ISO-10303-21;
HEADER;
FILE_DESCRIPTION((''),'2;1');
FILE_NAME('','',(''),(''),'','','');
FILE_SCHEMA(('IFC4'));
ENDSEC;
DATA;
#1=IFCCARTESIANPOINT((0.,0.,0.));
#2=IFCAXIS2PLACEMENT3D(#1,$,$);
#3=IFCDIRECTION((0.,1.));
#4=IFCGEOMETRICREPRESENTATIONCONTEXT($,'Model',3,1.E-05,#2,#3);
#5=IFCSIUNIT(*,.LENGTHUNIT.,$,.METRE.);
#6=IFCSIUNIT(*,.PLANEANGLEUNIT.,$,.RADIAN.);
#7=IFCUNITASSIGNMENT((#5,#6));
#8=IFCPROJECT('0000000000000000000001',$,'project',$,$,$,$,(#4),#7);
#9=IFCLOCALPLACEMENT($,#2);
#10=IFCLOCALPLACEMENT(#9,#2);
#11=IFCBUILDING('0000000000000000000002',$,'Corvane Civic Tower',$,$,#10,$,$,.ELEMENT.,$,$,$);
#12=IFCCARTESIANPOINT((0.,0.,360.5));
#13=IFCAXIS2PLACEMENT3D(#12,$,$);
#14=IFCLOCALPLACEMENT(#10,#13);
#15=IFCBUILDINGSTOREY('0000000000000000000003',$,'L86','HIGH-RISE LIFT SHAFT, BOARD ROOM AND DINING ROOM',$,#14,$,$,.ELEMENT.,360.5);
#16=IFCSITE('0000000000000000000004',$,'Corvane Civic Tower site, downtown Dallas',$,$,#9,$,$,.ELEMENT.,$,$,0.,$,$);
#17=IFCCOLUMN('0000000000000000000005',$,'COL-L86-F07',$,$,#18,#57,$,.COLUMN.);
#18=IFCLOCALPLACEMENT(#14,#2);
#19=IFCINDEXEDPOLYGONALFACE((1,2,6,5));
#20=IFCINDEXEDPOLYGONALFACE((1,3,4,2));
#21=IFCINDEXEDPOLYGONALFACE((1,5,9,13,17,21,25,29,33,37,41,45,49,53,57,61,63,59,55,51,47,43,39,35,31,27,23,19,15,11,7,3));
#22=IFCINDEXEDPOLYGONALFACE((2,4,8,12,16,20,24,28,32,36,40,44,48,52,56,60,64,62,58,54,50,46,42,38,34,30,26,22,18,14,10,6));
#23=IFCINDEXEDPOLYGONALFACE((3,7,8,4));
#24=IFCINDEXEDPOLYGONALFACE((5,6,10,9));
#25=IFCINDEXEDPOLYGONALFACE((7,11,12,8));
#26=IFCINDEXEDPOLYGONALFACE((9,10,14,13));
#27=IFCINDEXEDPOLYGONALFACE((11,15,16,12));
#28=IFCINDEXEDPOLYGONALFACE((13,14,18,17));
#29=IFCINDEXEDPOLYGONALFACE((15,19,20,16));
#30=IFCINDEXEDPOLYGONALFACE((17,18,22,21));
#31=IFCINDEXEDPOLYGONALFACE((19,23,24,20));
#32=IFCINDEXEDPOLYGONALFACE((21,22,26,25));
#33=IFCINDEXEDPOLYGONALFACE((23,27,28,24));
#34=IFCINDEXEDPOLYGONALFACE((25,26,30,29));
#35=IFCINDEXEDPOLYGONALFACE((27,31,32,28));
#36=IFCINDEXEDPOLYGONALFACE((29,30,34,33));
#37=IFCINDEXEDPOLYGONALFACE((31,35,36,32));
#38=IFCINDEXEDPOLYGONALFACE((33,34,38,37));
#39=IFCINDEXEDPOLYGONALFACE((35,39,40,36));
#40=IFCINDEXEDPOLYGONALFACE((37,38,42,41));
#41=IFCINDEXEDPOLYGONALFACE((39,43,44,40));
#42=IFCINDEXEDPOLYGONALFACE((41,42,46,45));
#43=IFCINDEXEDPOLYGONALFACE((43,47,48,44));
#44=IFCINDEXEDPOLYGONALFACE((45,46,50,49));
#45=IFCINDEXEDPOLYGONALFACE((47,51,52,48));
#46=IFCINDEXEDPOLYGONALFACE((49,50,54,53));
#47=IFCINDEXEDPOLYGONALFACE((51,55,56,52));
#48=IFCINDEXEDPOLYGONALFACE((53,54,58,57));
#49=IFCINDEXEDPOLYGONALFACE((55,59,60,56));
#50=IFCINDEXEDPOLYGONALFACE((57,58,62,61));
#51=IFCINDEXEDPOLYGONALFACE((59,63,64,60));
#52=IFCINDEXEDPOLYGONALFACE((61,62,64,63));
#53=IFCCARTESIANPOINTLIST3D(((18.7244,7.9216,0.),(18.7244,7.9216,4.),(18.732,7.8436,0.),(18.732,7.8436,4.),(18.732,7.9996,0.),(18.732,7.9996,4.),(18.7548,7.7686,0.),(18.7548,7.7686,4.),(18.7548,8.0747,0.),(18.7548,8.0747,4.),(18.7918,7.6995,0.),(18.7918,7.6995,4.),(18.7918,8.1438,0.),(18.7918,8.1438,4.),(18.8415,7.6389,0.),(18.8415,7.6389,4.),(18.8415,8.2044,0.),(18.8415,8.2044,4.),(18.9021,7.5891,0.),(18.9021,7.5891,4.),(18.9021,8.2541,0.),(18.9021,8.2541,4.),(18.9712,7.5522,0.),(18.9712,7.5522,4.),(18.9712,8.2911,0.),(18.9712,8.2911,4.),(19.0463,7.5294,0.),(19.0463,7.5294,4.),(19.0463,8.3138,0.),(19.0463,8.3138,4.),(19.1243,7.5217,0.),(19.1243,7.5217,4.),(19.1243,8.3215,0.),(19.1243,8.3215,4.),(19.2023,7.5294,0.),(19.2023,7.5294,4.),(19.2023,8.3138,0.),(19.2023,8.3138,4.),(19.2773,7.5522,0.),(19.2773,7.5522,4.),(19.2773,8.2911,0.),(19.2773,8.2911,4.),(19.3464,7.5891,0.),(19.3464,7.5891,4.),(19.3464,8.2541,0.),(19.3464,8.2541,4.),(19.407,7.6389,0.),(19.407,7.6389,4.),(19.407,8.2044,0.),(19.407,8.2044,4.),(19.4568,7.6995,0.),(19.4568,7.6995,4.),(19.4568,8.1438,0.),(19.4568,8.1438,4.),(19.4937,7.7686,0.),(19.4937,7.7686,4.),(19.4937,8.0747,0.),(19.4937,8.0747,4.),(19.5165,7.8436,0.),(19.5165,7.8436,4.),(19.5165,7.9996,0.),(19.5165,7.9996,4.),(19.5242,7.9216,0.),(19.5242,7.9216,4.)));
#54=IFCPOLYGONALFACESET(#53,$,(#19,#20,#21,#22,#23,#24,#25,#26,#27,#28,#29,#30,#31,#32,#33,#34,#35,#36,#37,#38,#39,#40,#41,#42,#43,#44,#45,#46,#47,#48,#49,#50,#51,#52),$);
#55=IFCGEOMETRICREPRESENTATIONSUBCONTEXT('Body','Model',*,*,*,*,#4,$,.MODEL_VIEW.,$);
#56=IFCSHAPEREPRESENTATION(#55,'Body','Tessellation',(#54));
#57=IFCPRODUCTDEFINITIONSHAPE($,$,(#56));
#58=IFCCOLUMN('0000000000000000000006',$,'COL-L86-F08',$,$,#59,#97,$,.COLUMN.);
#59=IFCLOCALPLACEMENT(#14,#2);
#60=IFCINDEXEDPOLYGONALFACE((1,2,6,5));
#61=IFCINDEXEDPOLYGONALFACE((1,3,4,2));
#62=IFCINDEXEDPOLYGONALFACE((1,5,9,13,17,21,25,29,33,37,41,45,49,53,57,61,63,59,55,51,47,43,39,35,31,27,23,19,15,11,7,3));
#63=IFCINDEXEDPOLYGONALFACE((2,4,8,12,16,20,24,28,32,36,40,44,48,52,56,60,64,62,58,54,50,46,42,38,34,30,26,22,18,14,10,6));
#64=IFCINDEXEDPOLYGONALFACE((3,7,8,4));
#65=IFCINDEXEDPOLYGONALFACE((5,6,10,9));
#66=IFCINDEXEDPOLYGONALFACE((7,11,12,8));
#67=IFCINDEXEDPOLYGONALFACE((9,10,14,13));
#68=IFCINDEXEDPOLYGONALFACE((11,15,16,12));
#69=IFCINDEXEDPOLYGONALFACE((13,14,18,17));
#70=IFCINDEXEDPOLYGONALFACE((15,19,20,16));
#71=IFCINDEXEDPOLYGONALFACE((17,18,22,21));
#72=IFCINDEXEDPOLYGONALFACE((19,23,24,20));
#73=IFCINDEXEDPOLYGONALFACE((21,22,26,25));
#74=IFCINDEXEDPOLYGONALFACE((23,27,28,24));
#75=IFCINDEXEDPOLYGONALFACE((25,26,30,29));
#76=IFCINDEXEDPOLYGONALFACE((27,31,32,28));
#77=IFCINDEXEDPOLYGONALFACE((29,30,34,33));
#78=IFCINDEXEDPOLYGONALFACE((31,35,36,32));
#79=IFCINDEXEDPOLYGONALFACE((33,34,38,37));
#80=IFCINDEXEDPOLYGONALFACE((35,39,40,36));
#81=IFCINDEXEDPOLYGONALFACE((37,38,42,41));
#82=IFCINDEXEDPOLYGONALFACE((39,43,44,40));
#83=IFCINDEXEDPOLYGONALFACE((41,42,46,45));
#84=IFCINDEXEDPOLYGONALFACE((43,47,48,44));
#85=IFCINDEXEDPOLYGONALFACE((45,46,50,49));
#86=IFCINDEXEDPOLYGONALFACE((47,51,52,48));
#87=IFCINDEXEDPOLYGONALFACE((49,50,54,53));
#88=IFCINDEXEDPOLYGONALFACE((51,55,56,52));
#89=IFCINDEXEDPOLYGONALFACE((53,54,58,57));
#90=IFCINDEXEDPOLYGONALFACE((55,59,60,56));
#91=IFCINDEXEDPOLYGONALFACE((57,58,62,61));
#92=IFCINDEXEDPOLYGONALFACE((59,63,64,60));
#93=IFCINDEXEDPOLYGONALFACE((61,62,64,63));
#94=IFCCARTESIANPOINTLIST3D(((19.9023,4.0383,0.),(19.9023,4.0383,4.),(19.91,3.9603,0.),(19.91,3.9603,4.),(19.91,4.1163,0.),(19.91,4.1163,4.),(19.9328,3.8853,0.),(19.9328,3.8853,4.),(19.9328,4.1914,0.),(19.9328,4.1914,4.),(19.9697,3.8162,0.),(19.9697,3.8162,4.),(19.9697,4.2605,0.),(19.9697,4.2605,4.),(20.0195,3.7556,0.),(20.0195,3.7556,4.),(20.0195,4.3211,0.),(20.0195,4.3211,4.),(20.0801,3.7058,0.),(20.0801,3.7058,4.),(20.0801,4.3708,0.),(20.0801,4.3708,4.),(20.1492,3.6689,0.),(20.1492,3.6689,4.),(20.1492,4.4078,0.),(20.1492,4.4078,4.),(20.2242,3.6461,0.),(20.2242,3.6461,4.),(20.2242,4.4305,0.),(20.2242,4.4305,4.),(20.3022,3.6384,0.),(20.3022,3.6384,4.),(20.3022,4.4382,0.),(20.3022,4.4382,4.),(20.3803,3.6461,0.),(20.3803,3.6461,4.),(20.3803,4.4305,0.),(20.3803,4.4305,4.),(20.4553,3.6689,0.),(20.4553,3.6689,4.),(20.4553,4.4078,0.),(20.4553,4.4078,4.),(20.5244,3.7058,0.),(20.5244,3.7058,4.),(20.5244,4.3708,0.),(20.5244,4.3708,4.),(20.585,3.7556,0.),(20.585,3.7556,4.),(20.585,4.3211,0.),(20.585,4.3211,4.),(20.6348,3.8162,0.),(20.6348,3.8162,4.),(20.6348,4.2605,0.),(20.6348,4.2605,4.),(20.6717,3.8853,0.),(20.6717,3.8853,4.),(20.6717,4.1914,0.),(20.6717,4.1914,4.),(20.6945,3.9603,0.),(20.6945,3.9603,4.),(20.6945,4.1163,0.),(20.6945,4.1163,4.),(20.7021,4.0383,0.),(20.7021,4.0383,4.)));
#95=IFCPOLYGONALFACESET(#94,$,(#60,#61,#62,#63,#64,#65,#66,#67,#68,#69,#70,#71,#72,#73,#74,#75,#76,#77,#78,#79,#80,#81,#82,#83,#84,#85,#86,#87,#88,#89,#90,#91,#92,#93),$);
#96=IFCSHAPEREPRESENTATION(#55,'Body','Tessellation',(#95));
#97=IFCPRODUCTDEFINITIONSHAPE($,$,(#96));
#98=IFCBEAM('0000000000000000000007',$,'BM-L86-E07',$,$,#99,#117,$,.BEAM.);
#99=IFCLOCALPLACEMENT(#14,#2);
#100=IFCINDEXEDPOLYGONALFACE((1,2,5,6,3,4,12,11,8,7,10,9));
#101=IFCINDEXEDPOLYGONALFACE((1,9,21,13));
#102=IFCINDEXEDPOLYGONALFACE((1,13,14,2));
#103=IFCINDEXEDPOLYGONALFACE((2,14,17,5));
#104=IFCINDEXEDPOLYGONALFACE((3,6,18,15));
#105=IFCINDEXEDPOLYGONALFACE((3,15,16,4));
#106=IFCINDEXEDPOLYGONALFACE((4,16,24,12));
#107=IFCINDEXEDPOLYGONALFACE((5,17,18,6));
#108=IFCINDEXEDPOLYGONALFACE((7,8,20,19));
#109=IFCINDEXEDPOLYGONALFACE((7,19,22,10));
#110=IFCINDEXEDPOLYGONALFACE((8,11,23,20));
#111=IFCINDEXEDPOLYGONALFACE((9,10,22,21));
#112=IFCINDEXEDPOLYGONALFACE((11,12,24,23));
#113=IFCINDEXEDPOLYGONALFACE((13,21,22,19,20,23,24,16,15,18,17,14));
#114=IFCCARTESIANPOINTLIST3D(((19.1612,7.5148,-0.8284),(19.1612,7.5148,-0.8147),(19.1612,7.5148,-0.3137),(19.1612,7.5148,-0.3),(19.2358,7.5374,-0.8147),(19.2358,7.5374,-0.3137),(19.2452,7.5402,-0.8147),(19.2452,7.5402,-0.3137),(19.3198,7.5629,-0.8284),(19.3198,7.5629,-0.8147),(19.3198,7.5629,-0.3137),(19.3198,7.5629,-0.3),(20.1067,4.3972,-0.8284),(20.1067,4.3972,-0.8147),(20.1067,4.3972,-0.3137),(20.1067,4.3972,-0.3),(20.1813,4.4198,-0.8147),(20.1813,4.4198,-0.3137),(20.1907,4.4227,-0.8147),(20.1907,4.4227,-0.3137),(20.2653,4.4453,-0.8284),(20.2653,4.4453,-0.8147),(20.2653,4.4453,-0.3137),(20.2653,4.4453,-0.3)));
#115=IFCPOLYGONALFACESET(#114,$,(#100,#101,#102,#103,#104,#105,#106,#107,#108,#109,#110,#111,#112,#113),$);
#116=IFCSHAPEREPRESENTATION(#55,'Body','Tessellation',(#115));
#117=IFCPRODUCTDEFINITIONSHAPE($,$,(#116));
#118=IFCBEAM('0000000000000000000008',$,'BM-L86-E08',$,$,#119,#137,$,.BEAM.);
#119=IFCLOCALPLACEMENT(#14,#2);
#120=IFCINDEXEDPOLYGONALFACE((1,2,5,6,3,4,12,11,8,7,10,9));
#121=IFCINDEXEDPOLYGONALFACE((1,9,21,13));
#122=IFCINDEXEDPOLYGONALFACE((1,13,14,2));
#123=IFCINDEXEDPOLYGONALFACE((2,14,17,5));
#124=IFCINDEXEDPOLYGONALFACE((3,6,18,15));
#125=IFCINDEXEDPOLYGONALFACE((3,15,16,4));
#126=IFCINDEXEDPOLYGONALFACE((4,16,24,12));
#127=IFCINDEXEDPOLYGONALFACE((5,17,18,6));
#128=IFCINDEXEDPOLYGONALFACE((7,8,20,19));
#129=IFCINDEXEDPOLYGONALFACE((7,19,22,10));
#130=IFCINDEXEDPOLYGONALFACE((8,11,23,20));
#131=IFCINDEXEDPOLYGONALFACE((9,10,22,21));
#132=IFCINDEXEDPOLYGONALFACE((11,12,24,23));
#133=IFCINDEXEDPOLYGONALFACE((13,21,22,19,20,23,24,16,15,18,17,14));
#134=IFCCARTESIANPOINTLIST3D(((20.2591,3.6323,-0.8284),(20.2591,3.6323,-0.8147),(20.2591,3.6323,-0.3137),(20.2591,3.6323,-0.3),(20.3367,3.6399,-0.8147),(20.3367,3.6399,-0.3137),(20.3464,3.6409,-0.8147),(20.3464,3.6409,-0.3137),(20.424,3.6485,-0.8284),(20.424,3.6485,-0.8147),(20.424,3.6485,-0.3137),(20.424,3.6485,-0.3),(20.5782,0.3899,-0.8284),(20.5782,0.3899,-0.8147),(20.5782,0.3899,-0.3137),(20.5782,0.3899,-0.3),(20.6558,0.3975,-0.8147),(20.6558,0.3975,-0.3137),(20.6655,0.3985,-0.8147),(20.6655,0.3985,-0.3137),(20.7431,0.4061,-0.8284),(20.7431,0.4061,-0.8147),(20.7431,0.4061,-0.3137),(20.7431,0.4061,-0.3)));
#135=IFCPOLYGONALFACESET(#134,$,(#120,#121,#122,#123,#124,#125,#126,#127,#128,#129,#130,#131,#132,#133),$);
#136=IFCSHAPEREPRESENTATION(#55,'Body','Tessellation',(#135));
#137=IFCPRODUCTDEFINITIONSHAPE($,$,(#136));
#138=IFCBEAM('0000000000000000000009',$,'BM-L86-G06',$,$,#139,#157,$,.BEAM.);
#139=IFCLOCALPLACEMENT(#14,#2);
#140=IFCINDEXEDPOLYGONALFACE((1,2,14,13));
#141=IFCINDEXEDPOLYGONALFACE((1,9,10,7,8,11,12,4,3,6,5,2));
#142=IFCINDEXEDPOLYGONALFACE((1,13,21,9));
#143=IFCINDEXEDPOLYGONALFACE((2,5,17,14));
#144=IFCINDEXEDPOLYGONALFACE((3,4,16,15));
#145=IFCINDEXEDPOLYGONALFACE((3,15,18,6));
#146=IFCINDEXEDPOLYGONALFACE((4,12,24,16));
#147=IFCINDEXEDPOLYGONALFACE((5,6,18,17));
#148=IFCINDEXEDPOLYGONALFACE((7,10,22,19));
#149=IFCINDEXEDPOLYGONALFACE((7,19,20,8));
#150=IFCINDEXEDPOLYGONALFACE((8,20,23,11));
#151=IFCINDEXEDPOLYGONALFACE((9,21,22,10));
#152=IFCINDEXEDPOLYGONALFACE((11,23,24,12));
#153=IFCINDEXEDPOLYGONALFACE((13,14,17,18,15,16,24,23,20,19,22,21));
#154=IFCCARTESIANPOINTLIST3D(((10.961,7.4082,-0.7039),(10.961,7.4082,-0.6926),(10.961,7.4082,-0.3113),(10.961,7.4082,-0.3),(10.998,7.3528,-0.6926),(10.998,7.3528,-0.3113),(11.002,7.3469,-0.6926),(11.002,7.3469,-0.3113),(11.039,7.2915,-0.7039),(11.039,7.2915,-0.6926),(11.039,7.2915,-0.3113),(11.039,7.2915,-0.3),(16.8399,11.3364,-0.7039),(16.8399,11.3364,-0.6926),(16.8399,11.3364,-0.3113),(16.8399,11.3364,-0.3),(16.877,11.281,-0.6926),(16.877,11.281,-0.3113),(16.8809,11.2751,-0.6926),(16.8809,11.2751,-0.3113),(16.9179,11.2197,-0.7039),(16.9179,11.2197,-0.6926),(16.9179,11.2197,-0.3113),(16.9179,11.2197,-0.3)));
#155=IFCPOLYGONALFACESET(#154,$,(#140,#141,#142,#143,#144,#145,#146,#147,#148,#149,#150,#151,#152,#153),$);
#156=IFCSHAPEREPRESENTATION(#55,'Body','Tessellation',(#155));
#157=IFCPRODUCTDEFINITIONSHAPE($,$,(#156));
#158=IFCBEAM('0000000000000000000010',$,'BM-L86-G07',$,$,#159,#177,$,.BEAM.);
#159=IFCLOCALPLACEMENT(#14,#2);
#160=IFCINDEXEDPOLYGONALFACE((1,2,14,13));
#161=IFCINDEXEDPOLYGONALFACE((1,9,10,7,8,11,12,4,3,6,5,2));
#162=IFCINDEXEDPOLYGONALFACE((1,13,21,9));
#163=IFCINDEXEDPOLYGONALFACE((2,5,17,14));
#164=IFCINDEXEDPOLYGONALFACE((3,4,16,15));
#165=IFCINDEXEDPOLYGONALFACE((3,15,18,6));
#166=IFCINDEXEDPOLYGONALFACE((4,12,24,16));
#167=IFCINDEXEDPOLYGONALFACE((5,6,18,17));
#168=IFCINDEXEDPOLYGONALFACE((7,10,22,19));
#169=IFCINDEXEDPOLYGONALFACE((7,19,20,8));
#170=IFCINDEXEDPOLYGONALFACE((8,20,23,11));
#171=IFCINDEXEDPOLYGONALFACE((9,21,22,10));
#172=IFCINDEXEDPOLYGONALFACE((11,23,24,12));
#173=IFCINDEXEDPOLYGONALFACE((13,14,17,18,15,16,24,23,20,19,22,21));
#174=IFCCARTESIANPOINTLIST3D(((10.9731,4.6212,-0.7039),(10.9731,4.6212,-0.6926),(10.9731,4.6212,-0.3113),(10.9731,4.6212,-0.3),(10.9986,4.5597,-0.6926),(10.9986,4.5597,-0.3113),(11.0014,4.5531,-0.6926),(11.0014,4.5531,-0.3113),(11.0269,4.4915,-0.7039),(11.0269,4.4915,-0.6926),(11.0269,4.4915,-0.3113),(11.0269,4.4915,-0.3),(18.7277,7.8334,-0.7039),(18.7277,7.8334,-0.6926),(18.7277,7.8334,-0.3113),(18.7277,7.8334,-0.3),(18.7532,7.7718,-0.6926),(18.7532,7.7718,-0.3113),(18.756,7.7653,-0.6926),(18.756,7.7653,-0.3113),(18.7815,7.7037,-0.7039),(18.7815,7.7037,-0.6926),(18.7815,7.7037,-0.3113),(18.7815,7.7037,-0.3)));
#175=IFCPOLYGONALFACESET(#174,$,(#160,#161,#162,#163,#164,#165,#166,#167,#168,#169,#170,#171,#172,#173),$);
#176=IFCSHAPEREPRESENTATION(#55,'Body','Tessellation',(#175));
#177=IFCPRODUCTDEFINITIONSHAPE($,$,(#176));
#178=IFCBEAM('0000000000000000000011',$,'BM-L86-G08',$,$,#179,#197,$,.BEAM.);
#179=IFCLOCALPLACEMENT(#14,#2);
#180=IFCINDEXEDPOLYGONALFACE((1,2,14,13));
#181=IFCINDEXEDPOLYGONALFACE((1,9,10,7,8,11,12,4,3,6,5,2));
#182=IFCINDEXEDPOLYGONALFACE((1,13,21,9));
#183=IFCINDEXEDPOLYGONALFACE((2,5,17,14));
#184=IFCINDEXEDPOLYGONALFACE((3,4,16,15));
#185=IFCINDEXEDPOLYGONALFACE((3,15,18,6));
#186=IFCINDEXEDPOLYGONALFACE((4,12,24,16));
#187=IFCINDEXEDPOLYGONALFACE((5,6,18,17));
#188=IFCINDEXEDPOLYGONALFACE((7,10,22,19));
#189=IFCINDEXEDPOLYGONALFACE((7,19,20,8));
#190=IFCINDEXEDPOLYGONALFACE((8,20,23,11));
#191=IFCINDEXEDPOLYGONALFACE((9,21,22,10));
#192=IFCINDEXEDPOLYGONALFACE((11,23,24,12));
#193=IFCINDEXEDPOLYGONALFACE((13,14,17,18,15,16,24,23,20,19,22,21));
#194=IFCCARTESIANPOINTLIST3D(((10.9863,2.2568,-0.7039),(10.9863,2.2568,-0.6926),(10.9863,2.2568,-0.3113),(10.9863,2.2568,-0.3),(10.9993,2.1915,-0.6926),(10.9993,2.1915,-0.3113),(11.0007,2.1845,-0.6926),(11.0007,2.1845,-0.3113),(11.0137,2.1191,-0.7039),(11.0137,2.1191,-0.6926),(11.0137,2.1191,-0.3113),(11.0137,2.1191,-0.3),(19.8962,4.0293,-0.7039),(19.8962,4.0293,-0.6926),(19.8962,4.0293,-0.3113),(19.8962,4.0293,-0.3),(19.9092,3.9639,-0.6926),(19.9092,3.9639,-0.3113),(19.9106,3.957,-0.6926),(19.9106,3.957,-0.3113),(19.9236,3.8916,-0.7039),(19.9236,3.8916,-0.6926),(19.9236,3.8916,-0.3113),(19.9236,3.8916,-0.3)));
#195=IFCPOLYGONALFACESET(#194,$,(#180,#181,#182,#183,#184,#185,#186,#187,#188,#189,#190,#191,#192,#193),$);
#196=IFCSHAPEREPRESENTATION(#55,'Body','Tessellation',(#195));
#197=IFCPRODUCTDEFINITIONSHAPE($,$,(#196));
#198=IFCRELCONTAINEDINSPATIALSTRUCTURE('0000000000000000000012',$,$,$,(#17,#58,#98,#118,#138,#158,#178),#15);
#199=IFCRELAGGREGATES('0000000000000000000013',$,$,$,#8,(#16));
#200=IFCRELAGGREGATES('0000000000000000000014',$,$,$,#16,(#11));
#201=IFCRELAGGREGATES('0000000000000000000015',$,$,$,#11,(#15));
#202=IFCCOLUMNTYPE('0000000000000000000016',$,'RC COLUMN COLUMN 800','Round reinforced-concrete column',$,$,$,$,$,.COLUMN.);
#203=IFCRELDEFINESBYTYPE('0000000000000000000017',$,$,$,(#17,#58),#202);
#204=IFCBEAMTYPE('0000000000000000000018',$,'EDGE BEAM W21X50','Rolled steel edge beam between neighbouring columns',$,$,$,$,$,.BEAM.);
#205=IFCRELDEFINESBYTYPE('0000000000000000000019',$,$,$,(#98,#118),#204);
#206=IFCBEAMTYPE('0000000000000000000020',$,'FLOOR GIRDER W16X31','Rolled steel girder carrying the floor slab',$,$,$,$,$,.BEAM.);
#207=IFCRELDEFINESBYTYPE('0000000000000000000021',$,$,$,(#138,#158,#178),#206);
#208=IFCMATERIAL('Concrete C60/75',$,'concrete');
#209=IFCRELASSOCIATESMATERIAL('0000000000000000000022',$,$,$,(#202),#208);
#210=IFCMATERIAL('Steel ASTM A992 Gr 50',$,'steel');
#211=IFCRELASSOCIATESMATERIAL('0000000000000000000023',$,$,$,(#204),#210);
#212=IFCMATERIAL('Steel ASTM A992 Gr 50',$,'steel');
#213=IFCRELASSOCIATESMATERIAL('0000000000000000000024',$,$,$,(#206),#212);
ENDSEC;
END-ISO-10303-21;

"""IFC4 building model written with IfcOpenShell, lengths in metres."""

from ifc_helpers import new_model, si_unit, direction, frame, origin, origin_2d, place, context, subcontext, project, spatial, circle, i_section, extrude, material, material_profile, profile_set, type_object, element, save


model = new_model("IFC4")

# Units and contexts
model_context = context("Model", 3, precision=1e-05, world=origin(), true_north=direction((0.0, 1.0)))
body_context = subcontext(model_context, "Body", "Model", "MODEL_VIEW")
ifc_project = project(units=[si_unit("LENGTHUNIT", "METRE"), si_unit("PLANEANGLEUNIT", "RADIAN")], contexts=[model_context])

# Site, building, storey
site_placement = place(None, origin())
site = spatial("IfcSite", under=ifc_project, at=site_placement, Name="Corvane Civic Tower site, downtown Dallas", CompositionType="ELEMENT", RefElevation=0.0)
building_placement = place(site_placement, origin())
building = spatial("IfcBuilding", under=site, at=building_placement, Name="Corvane Civic Tower", CompositionType="ELEMENT")
storey_placement = place(building_placement, frame((0.0, 0.0, 360.5)))
storey = spatial("IfcBuildingStorey", under=building, at=storey_placement, Name="L86", Description="HIGH-RISE LIFT SHAFT, BOARD ROOM AND DINING ROOM", CompositionType="ELEMENT", Elevation=360.5)

# Columns
ifc_material_1 = material(Name="Concrete C60/75", Category="concrete")
ifc_material_profile_1 = material_profile(ifc_material_1, circle(Radius=0.3999, at=origin_2d()), Name="COLUMN 800")
ifc_profile_set_1 = profile_set([ifc_material_profile_1], Name="Concrete C60/75")
column_type = type_object("IfcColumnType", Name="RC COLUMN COLUMN 800", Description="Round reinforced-concrete column", PredefinedType="COLUMN", material=ifc_profile_set_1)
for number, where, z_axis, x_axis, name in (
    (1, (19.1243, 7.9216, 0.0), (0.0, 0.0, 1.0), (1.0, 0.0, 0.0), "COL-L86-F07"),
    (2, (20.3022, 4.0383, 0.0), (0.0, 0.0, 1.0), (1.0, 0.0, 0.0), "COL-L86-F08"),
):
    element("IfcColumn", number, at=place(storey_placement, frame(where, z_axis=z_axis, x_axis=x_axis)), inside=storey, type_object=column_type, Name=name, PredefinedType="COLUMN", context=body_context, shape_type="SweptSolid", body=[
        extrude(circle(Radius=0.3999, at=origin_2d()), origin(), (0.0, 0.0, 1.0), 4.0),
    ])

# Beams
ifc_material_2 = material(Name="Steel ASTM A992 Gr 50", Category="steel")
ifc_material_profile_2 = material_profile(ifc_material_2, i_section(OverallWidth=0.1658, OverallDepth=0.5283, WebThickness=0.0098, FlangeThickness=0.0137, at=origin_2d()), Name="W21X50")
ifc_profile_set_2 = profile_set([ifc_material_profile_2], Name="Steel ASTM A992 Gr 50")
beam_type_1 = type_object("IfcBeamType", Name="EDGE BEAM W21X50", Description="Rolled steel edge beam between neighbouring columns", PredefinedType="BEAM", material=ifc_profile_set_2)
beam_1_placement = place(storey_placement, frame((19.2405, 7.5388, -0.5642), z_axis=(0.290234, -0.956956, 0.0), x_axis=(0.956956, 0.290234, 0.0)))
element("IfcBeam", 3, at=beam_1_placement, inside=storey, type_object=beam_type_1, Name="BM-L86-E07", PredefinedType="BEAM", context=body_context, shape_type="SweptSolid", body=[
    extrude(i_section(OverallWidth=0.1658, OverallDepth=0.5283, WebThickness=0.0098, FlangeThickness=0.0137, at=origin_2d()), origin(), (0.0, 0.0, 1.0), 3.2578),
])
beam_2_placement = place(storey_placement, frame((20.3416, 3.6404, -0.5642), z_axis=(0.097938, -0.995193, 0.0), x_axis=(0.995193, 0.097938, 0.0)))
element("IfcBeam", 4, at=beam_2_placement, inside=storey, type_object=beam_type_1, Name="BM-L86-E08", PredefinedType="BEAM", context=body_context, shape_type="SweptSolid", body=[
    extrude(i_section(OverallWidth=0.1658, OverallDepth=0.5283, WebThickness=0.0098, FlangeThickness=0.0137, at=origin_2d()), origin(), (0.0, 0.0, 1.0), 3.2581),
])
ifc_material_3 = material(Name="Steel ASTM A992 Gr 50", Category="steel")
ifc_material_profile_3 = material_profile(ifc_material_3, i_section(OverallWidth=0.1404, OverallDepth=0.4038, WebThickness=0.0071, FlangeThickness=0.0112, at=origin_2d()), Name="W16X31")
ifc_profile_set_3 = profile_set([ifc_material_profile_3], Name="Steel ASTM A992 Gr 50")
beam_type_2 = type_object("IfcBeamType", Name="FLOOR GIRDER W16X31", Description="Rolled steel girder carrying the floor slab", PredefinedType="BEAM", material=ifc_profile_set_3)
beam_3_placement = place(storey_placement, frame((11.0, 7.3499, -0.502), z_axis=(0.831465, 0.555576, 0.0), x_axis=(-0.555576, 0.831465, 0.0)))
element("IfcBeam", 5, at=beam_3_placement, inside=storey, type_object=beam_type_2, Name="BM-L86-G06", PredefinedType="BEAM", context=body_context, shape_type="SweptSolid", body=[
    extrude(i_section(OverallWidth=0.1404, OverallDepth=0.4038, WebThickness=0.0071, FlangeThickness=0.0112, at=origin_2d()), origin(), (0.0, 0.0, 1.0), 7.0706),
])
beam_4_placement = place(storey_placement, frame((11.0, 4.5564, -0.502), z_axis=(0.923876, 0.382692, 0.0), x_axis=(-0.382692, 0.923876, 0.0)))
element("IfcBeam", 6, at=beam_4_placement, inside=storey, type_object=beam_type_2, Name="BM-L86-G07", PredefinedType="BEAM", context=body_context, shape_type="SweptSolid", body=[
    extrude(i_section(OverallWidth=0.1404, OverallDepth=0.4038, WebThickness=0.0071, FlangeThickness=0.0112, at=origin_2d()), origin(), (0.0, 0.0, 1.0), 8.3936),
])
beam_5_placement = place(storey_placement, frame((11.0, 2.188, -0.502), z_axis=(0.980782, 0.195108, 0.0), x_axis=(-0.195108, 0.980782, 0.0)))
element("IfcBeam", 7, at=beam_5_placement, inside=storey, type_object=beam_type_2, Name="BM-L86-G08", PredefinedType="BEAM", context=body_context, shape_type="SweptSolid", body=[
    extrude(i_section(OverallWidth=0.1404, OverallDepth=0.4038, WebThickness=0.0071, FlangeThickness=0.0112, at=origin_2d()), origin(), (0.0, 0.0, 1.0), 9.0845),
])

save(model, "model.ifc")
